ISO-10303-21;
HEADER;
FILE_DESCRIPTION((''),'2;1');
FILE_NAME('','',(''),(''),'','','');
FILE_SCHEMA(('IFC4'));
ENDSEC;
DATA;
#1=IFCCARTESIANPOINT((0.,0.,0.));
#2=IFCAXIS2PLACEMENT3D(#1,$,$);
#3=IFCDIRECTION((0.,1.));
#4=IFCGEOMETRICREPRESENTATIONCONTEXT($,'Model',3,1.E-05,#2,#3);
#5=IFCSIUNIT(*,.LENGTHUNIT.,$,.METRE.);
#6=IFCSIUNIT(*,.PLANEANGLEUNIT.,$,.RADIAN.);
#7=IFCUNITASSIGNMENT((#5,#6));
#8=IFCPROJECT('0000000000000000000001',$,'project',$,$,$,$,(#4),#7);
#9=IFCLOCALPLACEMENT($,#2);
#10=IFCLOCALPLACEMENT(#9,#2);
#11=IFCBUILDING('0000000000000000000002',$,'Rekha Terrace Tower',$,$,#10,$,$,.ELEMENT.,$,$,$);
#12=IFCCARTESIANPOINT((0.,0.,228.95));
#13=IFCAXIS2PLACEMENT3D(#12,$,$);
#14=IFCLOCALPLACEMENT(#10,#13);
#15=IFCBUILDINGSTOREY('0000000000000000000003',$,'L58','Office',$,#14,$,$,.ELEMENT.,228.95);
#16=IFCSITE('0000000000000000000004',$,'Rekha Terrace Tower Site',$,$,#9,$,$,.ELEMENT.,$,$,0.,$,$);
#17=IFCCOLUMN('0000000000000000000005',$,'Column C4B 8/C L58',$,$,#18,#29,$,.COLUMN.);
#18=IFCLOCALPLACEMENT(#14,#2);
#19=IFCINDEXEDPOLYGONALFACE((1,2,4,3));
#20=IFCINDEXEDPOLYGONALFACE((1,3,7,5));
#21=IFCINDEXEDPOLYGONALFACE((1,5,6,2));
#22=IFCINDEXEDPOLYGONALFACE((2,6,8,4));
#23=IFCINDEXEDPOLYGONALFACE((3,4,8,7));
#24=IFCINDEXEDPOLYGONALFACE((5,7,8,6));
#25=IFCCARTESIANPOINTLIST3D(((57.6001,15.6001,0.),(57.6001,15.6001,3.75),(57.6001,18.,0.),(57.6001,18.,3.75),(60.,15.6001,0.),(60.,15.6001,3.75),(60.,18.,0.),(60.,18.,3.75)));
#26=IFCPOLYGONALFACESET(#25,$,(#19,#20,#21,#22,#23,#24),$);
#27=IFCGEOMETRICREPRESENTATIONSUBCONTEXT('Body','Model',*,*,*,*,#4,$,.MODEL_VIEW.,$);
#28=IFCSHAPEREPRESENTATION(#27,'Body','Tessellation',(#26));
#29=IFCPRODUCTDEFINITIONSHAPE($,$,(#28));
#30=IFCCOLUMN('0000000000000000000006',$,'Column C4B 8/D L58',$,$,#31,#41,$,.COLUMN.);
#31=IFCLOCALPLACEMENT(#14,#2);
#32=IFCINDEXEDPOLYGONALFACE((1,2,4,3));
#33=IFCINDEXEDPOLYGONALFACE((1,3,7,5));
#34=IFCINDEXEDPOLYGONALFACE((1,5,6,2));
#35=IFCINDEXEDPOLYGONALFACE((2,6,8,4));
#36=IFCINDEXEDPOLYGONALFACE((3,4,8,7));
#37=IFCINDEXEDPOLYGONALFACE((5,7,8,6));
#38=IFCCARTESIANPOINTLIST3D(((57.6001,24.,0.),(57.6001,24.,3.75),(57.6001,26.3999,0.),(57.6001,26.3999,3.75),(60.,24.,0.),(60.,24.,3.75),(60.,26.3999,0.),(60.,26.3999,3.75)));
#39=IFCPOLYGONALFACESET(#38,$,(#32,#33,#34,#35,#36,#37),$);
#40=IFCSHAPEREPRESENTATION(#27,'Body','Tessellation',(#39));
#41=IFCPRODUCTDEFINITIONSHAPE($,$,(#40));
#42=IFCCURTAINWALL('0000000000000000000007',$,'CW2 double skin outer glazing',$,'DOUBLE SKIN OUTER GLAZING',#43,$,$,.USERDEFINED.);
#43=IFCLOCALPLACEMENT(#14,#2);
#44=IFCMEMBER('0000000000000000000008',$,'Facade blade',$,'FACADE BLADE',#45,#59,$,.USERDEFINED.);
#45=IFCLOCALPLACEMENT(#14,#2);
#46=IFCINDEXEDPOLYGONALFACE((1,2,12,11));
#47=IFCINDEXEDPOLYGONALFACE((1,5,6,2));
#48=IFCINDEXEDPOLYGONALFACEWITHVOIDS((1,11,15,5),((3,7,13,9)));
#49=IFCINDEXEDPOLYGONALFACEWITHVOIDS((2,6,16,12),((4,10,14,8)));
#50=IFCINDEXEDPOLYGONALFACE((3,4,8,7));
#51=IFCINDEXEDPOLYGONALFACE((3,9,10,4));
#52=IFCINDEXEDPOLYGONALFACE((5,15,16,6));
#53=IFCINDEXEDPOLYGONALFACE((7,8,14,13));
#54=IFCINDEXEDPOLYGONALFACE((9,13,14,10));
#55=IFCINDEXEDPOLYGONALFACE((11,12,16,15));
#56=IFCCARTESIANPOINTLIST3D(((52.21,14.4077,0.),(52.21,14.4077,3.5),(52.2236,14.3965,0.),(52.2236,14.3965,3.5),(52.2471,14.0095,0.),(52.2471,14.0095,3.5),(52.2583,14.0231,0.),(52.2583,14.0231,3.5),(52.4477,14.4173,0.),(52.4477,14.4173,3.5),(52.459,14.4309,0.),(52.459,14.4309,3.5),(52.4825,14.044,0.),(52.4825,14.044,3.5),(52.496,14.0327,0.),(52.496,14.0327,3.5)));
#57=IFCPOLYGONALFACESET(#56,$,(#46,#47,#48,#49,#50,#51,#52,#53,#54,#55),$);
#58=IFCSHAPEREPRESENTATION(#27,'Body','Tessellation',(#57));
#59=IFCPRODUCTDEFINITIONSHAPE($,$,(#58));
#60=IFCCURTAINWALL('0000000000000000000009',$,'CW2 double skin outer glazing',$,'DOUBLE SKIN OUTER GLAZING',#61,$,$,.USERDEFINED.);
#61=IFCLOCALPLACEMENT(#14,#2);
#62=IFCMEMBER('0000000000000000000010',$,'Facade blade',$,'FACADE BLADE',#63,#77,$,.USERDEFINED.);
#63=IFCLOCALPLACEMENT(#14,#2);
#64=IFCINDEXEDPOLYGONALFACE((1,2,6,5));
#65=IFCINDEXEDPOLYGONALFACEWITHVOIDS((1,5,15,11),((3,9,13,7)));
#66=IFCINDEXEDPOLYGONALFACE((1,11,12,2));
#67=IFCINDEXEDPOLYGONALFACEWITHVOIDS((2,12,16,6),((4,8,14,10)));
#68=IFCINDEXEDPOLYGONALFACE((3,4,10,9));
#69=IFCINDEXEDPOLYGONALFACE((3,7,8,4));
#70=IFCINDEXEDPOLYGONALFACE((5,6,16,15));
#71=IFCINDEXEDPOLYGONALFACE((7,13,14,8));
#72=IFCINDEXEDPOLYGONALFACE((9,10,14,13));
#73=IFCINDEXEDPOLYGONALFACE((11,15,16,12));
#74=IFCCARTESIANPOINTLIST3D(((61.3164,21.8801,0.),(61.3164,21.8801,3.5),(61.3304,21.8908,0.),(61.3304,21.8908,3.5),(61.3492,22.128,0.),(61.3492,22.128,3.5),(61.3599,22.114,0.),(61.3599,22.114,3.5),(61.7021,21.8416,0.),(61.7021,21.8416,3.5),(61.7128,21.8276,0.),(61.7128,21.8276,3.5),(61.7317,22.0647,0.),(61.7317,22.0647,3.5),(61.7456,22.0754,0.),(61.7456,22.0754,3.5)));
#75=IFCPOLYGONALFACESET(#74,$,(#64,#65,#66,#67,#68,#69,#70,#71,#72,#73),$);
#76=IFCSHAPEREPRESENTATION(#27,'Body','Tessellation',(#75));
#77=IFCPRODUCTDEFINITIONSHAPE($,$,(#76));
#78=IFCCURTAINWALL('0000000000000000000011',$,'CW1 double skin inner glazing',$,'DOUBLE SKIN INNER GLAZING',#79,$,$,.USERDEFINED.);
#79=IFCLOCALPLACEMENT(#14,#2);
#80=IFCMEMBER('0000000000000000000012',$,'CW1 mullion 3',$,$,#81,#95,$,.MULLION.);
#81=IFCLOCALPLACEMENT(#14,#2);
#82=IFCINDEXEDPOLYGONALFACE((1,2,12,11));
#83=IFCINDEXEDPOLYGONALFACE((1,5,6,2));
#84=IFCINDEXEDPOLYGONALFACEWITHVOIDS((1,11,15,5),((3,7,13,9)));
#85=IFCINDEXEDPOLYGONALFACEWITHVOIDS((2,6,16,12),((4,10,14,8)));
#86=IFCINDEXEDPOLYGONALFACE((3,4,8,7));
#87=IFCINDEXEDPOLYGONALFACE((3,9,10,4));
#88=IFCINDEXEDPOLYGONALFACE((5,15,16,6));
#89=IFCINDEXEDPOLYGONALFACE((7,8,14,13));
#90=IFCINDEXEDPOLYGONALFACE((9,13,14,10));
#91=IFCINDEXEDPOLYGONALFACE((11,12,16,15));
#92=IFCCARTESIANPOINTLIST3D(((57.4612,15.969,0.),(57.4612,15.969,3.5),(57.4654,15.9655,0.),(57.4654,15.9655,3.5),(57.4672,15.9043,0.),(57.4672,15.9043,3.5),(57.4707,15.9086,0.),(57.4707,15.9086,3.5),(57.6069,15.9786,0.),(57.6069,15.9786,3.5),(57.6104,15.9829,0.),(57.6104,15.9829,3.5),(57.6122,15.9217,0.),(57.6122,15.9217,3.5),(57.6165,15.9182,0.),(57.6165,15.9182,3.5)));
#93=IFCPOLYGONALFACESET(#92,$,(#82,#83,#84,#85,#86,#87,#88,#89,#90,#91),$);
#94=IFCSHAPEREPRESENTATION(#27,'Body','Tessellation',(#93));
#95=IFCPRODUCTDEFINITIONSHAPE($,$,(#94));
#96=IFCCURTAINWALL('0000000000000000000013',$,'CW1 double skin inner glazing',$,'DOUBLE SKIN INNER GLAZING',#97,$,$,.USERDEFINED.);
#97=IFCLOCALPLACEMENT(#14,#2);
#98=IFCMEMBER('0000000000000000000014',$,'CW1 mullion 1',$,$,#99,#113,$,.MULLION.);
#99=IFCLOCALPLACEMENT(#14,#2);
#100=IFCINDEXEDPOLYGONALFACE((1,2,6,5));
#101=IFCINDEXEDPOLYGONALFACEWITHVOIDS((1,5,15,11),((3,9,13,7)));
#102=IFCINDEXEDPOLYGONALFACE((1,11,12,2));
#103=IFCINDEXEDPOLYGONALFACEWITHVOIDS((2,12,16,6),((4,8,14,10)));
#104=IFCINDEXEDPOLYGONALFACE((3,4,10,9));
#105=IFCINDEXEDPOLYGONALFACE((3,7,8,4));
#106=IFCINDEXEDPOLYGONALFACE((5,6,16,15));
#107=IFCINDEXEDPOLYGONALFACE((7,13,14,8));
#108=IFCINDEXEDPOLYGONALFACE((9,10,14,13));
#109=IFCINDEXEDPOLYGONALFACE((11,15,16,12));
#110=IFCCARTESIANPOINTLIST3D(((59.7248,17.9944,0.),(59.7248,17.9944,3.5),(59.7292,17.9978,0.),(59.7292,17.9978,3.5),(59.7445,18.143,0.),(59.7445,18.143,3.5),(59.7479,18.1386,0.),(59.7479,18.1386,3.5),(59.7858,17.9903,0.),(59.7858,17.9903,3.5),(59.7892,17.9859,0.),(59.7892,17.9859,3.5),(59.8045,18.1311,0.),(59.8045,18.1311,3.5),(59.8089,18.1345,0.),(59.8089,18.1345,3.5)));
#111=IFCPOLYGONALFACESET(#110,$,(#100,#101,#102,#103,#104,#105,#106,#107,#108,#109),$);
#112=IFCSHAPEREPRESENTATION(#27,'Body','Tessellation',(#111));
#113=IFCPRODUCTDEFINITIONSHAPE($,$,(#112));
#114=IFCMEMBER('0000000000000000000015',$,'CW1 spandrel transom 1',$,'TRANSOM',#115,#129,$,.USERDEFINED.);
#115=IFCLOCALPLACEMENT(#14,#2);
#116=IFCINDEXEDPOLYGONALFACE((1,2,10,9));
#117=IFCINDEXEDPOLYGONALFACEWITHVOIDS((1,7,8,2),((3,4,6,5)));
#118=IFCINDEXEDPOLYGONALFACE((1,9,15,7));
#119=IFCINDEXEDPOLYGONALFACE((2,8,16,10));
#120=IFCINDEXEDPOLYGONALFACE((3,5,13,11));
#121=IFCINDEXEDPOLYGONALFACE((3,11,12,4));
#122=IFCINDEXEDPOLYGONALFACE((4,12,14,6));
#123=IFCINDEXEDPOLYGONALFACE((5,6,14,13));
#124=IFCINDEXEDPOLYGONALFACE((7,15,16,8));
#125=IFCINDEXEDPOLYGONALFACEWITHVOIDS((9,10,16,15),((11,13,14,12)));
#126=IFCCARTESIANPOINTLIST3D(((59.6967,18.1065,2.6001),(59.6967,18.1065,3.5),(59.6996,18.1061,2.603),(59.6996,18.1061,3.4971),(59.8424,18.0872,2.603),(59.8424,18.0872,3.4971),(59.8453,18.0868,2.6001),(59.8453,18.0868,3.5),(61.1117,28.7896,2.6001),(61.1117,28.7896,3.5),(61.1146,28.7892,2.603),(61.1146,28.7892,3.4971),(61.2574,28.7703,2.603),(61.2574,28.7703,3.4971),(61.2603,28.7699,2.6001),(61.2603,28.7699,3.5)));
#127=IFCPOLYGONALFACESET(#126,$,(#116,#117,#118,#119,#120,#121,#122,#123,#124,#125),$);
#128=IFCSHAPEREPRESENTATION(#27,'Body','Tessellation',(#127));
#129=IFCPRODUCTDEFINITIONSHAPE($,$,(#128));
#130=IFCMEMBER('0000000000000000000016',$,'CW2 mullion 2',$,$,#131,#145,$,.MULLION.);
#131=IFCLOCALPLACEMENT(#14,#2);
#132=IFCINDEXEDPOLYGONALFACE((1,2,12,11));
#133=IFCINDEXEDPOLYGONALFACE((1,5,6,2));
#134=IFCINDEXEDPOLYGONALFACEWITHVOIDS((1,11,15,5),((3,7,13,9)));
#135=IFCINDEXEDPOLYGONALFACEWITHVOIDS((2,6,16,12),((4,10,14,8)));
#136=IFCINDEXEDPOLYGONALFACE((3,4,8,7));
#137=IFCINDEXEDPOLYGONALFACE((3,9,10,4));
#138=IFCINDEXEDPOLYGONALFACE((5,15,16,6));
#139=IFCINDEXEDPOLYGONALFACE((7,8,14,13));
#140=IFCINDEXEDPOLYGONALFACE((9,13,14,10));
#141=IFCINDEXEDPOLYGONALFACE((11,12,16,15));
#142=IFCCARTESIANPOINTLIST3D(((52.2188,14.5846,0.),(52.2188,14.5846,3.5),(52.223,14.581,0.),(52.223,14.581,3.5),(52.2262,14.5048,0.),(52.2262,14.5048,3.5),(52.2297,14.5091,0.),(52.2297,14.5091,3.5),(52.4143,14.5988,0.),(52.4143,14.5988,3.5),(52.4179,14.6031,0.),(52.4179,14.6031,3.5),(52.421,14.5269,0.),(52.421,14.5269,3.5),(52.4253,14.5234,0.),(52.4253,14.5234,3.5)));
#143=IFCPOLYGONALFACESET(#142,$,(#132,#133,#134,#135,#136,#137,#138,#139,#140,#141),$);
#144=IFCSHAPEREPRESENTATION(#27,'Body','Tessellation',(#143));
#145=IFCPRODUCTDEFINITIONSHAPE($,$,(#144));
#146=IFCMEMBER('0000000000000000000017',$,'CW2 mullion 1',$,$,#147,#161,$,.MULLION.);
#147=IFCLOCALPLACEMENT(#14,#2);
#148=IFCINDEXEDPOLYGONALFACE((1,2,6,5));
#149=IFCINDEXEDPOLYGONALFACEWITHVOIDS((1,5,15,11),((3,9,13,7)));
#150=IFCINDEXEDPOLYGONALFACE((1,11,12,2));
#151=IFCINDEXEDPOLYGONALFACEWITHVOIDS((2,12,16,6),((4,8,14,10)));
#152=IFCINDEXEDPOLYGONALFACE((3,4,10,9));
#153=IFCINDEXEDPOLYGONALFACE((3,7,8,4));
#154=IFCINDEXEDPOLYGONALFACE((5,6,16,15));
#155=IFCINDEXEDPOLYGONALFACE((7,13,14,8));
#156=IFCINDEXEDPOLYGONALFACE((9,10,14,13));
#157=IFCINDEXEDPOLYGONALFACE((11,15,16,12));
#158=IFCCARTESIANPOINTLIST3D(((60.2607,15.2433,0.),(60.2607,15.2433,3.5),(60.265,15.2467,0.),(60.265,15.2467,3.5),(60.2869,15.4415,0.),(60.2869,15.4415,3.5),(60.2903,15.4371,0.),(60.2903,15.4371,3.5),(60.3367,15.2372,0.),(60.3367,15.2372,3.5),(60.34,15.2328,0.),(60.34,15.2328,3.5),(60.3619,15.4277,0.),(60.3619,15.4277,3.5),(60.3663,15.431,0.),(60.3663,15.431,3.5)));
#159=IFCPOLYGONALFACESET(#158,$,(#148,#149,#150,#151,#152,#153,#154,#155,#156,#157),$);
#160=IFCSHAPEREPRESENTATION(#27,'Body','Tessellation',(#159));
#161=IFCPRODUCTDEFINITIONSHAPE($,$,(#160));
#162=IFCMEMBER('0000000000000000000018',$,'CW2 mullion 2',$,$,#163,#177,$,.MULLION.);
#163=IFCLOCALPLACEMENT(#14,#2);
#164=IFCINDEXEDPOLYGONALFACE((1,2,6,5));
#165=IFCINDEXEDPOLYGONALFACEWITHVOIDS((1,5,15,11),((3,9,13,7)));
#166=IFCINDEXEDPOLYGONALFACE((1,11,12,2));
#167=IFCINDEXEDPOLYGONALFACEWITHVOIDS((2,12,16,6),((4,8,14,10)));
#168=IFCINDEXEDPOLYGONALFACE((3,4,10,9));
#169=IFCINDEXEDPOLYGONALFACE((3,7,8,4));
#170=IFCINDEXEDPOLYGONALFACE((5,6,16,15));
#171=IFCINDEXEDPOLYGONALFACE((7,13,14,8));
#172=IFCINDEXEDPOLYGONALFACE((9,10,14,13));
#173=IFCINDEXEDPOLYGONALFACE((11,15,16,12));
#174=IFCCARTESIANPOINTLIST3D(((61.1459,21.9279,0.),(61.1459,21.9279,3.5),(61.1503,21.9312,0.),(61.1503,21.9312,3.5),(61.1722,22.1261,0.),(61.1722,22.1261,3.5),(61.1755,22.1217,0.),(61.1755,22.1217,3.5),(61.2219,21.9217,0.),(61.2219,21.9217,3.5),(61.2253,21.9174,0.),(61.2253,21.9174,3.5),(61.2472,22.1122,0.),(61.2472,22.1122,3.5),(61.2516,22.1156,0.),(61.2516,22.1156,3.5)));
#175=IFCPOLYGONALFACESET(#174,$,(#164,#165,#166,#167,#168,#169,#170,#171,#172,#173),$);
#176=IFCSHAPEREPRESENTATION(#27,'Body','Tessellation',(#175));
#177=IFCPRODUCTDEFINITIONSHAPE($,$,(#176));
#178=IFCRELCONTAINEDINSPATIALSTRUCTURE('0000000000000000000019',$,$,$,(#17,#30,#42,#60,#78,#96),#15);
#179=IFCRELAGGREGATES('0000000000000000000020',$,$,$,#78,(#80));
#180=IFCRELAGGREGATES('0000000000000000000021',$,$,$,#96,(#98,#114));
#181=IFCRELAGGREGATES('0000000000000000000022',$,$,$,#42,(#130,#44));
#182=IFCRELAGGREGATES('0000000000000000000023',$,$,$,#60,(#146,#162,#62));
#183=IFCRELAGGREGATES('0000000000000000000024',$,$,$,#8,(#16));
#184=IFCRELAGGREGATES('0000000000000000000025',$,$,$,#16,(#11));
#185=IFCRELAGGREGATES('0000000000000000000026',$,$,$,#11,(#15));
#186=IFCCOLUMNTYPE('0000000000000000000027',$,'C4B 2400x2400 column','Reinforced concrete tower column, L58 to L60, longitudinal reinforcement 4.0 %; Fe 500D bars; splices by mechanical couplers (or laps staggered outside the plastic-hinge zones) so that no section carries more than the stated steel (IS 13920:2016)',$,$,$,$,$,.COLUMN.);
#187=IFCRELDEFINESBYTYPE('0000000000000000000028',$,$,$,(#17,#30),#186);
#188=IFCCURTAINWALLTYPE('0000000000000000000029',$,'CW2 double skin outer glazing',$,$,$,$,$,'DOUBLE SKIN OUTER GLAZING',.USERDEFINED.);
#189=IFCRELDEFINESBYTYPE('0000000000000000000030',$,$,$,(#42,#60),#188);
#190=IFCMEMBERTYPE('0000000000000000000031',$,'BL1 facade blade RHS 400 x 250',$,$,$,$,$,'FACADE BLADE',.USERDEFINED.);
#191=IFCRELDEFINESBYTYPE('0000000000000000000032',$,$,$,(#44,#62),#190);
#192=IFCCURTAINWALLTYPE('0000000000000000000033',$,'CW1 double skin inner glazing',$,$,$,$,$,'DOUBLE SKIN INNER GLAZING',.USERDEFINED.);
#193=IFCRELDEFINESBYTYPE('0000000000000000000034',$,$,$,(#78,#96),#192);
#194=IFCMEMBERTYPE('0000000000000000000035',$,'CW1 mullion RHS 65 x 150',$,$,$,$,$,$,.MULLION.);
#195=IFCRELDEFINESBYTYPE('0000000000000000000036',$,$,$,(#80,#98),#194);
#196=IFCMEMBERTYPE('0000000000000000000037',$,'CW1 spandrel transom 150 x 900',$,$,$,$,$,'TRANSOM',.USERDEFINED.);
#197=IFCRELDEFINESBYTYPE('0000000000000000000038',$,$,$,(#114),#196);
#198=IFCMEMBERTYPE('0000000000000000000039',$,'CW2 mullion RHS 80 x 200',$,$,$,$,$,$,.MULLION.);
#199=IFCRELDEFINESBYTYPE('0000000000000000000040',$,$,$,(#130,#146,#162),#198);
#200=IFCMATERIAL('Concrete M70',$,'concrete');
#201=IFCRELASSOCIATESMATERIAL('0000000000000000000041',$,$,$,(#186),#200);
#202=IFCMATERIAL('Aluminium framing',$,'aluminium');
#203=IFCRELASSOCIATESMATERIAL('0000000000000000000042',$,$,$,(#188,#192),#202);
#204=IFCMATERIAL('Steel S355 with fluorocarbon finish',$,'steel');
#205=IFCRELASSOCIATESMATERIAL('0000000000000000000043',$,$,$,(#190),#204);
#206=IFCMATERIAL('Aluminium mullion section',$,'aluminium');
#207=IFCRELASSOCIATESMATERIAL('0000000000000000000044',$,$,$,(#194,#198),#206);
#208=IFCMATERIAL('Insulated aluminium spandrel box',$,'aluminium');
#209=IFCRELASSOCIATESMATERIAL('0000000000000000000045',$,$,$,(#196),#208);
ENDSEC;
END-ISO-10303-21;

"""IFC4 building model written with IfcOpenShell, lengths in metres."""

from ifc_helpers import new_model, si_unit, direction, frame, origin, origin_2d, place, context, subcontext, project, spatial, rectangle, hollow_rectangle, extrude, material, material_profile, profile_set, type_object, element, aggregate, save


model = new_model("IFC4")

# Units and contexts
model_context = context("Model", 3, precision=1e-05, world=origin(), true_north=direction((0.0, 1.0)))
body_context = subcontext(model_context, "Body", "Model", "MODEL_VIEW")
ifc_project = project(units=[si_unit("LENGTHUNIT", "METRE"), si_unit("PLANEANGLEUNIT", "RADIAN")], contexts=[model_context])

# Site, building, storey
site_placement = place(None, origin())
site = spatial("IfcSite", under=ifc_project, at=site_placement, Name="Rekha Terrace Tower Site", CompositionType="ELEMENT", RefElevation=0.0)
building_placement = place(site_placement, origin())
building = spatial("IfcBuilding", under=site, at=building_placement, Name="Rekha Terrace Tower", CompositionType="ELEMENT")
storey_placement = place(building_placement, frame((0.0, 0.0, 228.95)))
storey = spatial("IfcBuildingStorey", under=building, at=storey_placement, Name="L58", Description="Office", CompositionType="ELEMENT", Elevation=228.95)

# Columns
ifc_material_1 = material(Name="Concrete M70", Category="concrete")
ifc_material_profile_1 = material_profile(ifc_material_1, rectangle(XDim=2.3999, YDim=2.3999, at=origin_2d()), Name="RC 2400x2400")
ifc_profile_set_1 = profile_set([ifc_material_profile_1], Name="Concrete M70")
column_type = type_object("IfcColumnType", Name="C4B 2400x2400 column", Description="Reinforced concrete tower column, L58 to L60, longitudinal reinforcement 4.0 %; Fe 500D bars; splices by mechanical couplers (or laps staggered outside the plastic-hinge zones) so that no section carries more than the stated steel (IS 13920:2016)", PredefinedType="COLUMN", material=ifc_profile_set_1)
for number, where, z_axis, x_axis, name in (
    (1, (58.8, 16.8, 0.0), (0.0, 0.0, 1.0), (1.0, 0.0, 0.0), "Column C4B 8/C L58"),
    (2, (58.8, 25.2, 0.0), (0.0, 0.0, 1.0), (1.0, 0.0, 0.0), "Column C4B 8/D L58"),
):
    element("IfcColumn", number, at=place(storey_placement, frame(where, z_axis=z_axis, x_axis=x_axis)), inside=storey, type_object=column_type, Name=name, PredefinedType="COLUMN", context=body_context, shape_type="SweptSolid", body=[
        extrude(rectangle(XDim=2.3999, YDim=2.3999, at=origin_2d()), origin(), (0.0, 0.0, 1.0), 3.75),
    ])

# Curtain walls, members
ifc_material_2 = material(Name="Aluminium framing", Category="aluminium")
curtain_wall_type_1 = type_object("IfcCurtainWallType", Name="CW2 double skin outer glazing", ElementType="DOUBLE SKIN OUTER GLAZING", PredefinedType="USERDEFINED", material=ifc_material_2)
curtain_wall_1_placement = place(storey_placement, origin())
curtain_wall_1 = element("IfcCurtainWall", 3, at=curtain_wall_1_placement, inside=storey, type_object=curtain_wall_type_1, Name="CW2 double skin outer glazing", ObjectType="DOUBLE SKIN OUTER GLAZING", PredefinedType="USERDEFINED")
ifc_material_3 = material(Name="Steel S355 with fluorocarbon finish", Category="steel")
ifc_material_profile_2 = material_profile(ifc_material_3, hollow_rectangle(XDim=0.25, YDim=0.3999, WallThickness=0.0125, at=origin_2d()), Name="RHS400x250x12.5")
ifc_profile_set_2 = profile_set([ifc_material_profile_2], Name="Steel S355 with fluorocarbon finish")
member_type_1 = type_object("IfcMemberType", Name="BL1 facade blade RHS 400 x 250", ElementType="FACADE BLADE", PredefinedType="USERDEFINED", material=ifc_profile_set_2)
member_1_placement = place(storey_placement, frame((52.353, 14.2202, 0.0), z_axis=(0.0, 0.0, 1.0), x_axis=(0.995693, 0.092709, 0.0)))
member_1 = element("IfcMember", 4, at=member_1_placement, type_object=member_type_1, Name="Facade blade", ObjectType="FACADE BLADE", PredefinedType="USERDEFINED", context=body_context, shape_type="SweptSolid", body=[
    extrude(hollow_rectangle(XDim=0.25, YDim=0.3999, WallThickness=0.0125, at=origin_2d()), origin(), (0.0, 0.0, 1.0), 3.5),
])
curtain_wall_2_placement = place(storey_placement, origin())
curtain_wall_2 = element("IfcCurtainWall", 5, at=curtain_wall_2_placement, inside=storey, type_object=curtain_wall_type_1, Name="CW2 double skin outer glazing", ObjectType="DOUBLE SKIN OUTER GLAZING", PredefinedType="USERDEFINED")
member_2_placement = place(storey_placement, frame((61.531, 21.9778, 0.0), z_axis=(0.0, 0.0, 1.0), x_axis=(0.131303, 0.991342, 0.0)))
member_2 = element("IfcMember", 6, at=member_2_placement, type_object=member_type_1, Name="Facade blade", ObjectType="FACADE BLADE", PredefinedType="USERDEFINED", context=body_context, shape_type="SweptSolid", body=[
    extrude(hollow_rectangle(XDim=0.25, YDim=0.3999, WallThickness=0.0125, at=origin_2d()), origin(), (0.0, 0.0, 1.0), 3.5),
])
curtain_wall_type_2 = type_object("IfcCurtainWallType", Name="CW1 double skin inner glazing", ElementType="DOUBLE SKIN INNER GLAZING", PredefinedType="USERDEFINED", material=ifc_material_2)
curtain_wall_3_placement = place(storey_placement, origin())
curtain_wall_3 = element("IfcCurtainWall", 7, at=curtain_wall_3_placement, inside=storey, type_object=curtain_wall_type_2, Name="CW1 double skin inner glazing", ObjectType="DOUBLE SKIN INNER GLAZING", PredefinedType="USERDEFINED")
ifc_material_4 = material(Name="Aluminium mullion section", Category="aluminium")
ifc_material_profile_3 = material_profile(ifc_material_4, hollow_rectangle(XDim=0.0649, YDim=0.1499, WallThickness=0.0039, at=origin_2d()), Name="AL RHS 65x150")
ifc_profile_set_3 = profile_set([ifc_material_profile_3], Name="Aluminium mullion section")
member_type_2 = type_object("IfcMemberType", Name="CW1 mullion RHS 65 x 150", PredefinedType="MULLION", material=ifc_profile_set_3)
member_3_placement = place(storey_placement, frame((57.5388, 15.9436, 0.0), z_axis=(0.0, 0.0, 1.0), x_axis=(-0.092709, 0.995693, 0.0)))
member_3 = element("IfcMember", 8, at=member_3_placement, type_object=member_type_2, Name="CW1 mullion 3", PredefinedType="MULLION", context=body_context, shape_type="SweptSolid", body=[
    extrude(hollow_rectangle(XDim=0.0649, YDim=0.1499, WallThickness=0.0039, at=origin_2d()), origin(), (0.0, 0.0, 1.0), 3.5),
])

# Curtain wall, members
curtain_wall_4_placement = place(storey_placement, origin())
curtain_wall_4 = element("IfcCurtainWall", 9, at=curtain_wall_4_placement, inside=storey, type_object=curtain_wall_type_2, Name="CW1 double skin inner glazing", ObjectType="DOUBLE SKIN INNER GLAZING", PredefinedType="USERDEFINED")
member_4_placement = place(storey_placement, frame((59.7668, 18.0645, 0.0), z_axis=(0.0, 0.0, 1.0), x_axis=(-0.991342, 0.131304, 0.0)))
member_4 = element("IfcMember", 10, at=member_4_placement, type_object=member_type_2, Name="CW1 mullion 1", PredefinedType="MULLION", context=body_context, shape_type="SweptSolid", body=[
    extrude(hollow_rectangle(XDim=0.0649, YDim=0.1499, WallThickness=0.0039, at=origin_2d()), origin(), (0.0, 0.0, 1.0), 3.5),
])
ifc_material_5 = material(Name="Insulated aluminium spandrel box", Category="aluminium")
ifc_material_profile_4 = material_profile(ifc_material_5, hollow_rectangle(XDim=0.1499, YDim=0.8999, WallThickness=0.0029, at=origin_2d()), Name="AL SPANDREL BOX 150x900")
ifc_profile_set_4 = profile_set([ifc_material_profile_4], Name="Insulated aluminium spandrel box")
member_type_3 = type_object("IfcMemberType", Name="CW1 spandrel transom 150 x 900", ElementType="TRANSOM", PredefinedType="USERDEFINED", material=ifc_profile_set_4)
member_5_placement = place(storey_placement, frame((59.771, 18.0967, 3.05), z_axis=(0.131309, 0.991342, 0.0), x_axis=(-0.991342, 0.131309, 0.0)))
member_5 = element("IfcMember", 11, at=member_5_placement, type_object=member_type_3, Name="CW1 spandrel transom 1", ObjectType="TRANSOM", PredefinedType="USERDEFINED", context=body_context, shape_type="SweptSolid", body=[
    extrude(hollow_rectangle(XDim=0.1499, YDim=0.8999, WallThickness=0.0029, at=origin_2d()), origin(), (0.0, 0.0, 1.0), 10.7764),
])

# Members
ifc_material_profile_5 = material_profile(ifc_material_4, hollow_rectangle(XDim=0.0801, YDim=0.2, WallThickness=0.0039, at=origin_2d()), Name="AL RHS 80x200")
ifc_profile_set_5 = profile_set([ifc_material_profile_5], Name="Aluminium mullion section")
member_type_4 = type_object("IfcMemberType", Name="CW2 mullion RHS 80 x 200", PredefinedType="MULLION", material=ifc_profile_set_5)
member_6_placement = place(storey_placement, frame((52.322, 14.554, 0.0), z_axis=(0.0, 0.0, 1.0), x_axis=(-0.092709, 0.995693, 0.0)))
member_6 = element("IfcMember", 12, at=member_6_placement, type_object=member_type_4, Name="CW2 mullion 2", PredefinedType="MULLION", context=body_context, shape_type="SweptSolid", body=[
    extrude(hollow_rectangle(XDim=0.0801, YDim=0.2, WallThickness=0.0039, at=origin_2d()), origin(), (0.0, 0.0, 1.0), 3.5),
])
member_7_placement = place(storey_placement, frame((60.3135, 15.3372, 0.0), z_axis=(0.0, 0.0, 1.0), x_axis=(-0.991342, 0.131304, 0.0)))
member_7 = element("IfcMember", 13, at=member_7_placement, type_object=member_type_4, Name="CW2 mullion 1", PredefinedType="MULLION", context=body_context, shape_type="SweptSolid", body=[
    extrude(hollow_rectangle(XDim=0.0801, YDim=0.2, WallThickness=0.0039, at=origin_2d()), origin(), (0.0, 0.0, 1.0), 3.5),
])
member_8_placement = place(storey_placement, frame((61.1987, 22.0217, 0.0), z_axis=(0.0, 0.0, 1.0), x_axis=(-0.991342, 0.131304, 0.0)))
member_8 = element("IfcMember", 14, at=member_8_placement, type_object=member_type_4, Name="CW2 mullion 2", PredefinedType="MULLION", context=body_context, shape_type="SweptSolid", body=[
    extrude(hollow_rectangle(XDim=0.0801, YDim=0.2, WallThickness=0.0039, at=origin_2d()), origin(), (0.0, 0.0, 1.0), 3.5),
])

aggregate(curtain_wall_3, [member_3])
aggregate(curtain_wall_4, [member_4, member_5])
aggregate(curtain_wall_1, [member_6, member_1])
aggregate(curtain_wall_2, [member_7, member_8, member_2])

save(model, "model.ifc")
